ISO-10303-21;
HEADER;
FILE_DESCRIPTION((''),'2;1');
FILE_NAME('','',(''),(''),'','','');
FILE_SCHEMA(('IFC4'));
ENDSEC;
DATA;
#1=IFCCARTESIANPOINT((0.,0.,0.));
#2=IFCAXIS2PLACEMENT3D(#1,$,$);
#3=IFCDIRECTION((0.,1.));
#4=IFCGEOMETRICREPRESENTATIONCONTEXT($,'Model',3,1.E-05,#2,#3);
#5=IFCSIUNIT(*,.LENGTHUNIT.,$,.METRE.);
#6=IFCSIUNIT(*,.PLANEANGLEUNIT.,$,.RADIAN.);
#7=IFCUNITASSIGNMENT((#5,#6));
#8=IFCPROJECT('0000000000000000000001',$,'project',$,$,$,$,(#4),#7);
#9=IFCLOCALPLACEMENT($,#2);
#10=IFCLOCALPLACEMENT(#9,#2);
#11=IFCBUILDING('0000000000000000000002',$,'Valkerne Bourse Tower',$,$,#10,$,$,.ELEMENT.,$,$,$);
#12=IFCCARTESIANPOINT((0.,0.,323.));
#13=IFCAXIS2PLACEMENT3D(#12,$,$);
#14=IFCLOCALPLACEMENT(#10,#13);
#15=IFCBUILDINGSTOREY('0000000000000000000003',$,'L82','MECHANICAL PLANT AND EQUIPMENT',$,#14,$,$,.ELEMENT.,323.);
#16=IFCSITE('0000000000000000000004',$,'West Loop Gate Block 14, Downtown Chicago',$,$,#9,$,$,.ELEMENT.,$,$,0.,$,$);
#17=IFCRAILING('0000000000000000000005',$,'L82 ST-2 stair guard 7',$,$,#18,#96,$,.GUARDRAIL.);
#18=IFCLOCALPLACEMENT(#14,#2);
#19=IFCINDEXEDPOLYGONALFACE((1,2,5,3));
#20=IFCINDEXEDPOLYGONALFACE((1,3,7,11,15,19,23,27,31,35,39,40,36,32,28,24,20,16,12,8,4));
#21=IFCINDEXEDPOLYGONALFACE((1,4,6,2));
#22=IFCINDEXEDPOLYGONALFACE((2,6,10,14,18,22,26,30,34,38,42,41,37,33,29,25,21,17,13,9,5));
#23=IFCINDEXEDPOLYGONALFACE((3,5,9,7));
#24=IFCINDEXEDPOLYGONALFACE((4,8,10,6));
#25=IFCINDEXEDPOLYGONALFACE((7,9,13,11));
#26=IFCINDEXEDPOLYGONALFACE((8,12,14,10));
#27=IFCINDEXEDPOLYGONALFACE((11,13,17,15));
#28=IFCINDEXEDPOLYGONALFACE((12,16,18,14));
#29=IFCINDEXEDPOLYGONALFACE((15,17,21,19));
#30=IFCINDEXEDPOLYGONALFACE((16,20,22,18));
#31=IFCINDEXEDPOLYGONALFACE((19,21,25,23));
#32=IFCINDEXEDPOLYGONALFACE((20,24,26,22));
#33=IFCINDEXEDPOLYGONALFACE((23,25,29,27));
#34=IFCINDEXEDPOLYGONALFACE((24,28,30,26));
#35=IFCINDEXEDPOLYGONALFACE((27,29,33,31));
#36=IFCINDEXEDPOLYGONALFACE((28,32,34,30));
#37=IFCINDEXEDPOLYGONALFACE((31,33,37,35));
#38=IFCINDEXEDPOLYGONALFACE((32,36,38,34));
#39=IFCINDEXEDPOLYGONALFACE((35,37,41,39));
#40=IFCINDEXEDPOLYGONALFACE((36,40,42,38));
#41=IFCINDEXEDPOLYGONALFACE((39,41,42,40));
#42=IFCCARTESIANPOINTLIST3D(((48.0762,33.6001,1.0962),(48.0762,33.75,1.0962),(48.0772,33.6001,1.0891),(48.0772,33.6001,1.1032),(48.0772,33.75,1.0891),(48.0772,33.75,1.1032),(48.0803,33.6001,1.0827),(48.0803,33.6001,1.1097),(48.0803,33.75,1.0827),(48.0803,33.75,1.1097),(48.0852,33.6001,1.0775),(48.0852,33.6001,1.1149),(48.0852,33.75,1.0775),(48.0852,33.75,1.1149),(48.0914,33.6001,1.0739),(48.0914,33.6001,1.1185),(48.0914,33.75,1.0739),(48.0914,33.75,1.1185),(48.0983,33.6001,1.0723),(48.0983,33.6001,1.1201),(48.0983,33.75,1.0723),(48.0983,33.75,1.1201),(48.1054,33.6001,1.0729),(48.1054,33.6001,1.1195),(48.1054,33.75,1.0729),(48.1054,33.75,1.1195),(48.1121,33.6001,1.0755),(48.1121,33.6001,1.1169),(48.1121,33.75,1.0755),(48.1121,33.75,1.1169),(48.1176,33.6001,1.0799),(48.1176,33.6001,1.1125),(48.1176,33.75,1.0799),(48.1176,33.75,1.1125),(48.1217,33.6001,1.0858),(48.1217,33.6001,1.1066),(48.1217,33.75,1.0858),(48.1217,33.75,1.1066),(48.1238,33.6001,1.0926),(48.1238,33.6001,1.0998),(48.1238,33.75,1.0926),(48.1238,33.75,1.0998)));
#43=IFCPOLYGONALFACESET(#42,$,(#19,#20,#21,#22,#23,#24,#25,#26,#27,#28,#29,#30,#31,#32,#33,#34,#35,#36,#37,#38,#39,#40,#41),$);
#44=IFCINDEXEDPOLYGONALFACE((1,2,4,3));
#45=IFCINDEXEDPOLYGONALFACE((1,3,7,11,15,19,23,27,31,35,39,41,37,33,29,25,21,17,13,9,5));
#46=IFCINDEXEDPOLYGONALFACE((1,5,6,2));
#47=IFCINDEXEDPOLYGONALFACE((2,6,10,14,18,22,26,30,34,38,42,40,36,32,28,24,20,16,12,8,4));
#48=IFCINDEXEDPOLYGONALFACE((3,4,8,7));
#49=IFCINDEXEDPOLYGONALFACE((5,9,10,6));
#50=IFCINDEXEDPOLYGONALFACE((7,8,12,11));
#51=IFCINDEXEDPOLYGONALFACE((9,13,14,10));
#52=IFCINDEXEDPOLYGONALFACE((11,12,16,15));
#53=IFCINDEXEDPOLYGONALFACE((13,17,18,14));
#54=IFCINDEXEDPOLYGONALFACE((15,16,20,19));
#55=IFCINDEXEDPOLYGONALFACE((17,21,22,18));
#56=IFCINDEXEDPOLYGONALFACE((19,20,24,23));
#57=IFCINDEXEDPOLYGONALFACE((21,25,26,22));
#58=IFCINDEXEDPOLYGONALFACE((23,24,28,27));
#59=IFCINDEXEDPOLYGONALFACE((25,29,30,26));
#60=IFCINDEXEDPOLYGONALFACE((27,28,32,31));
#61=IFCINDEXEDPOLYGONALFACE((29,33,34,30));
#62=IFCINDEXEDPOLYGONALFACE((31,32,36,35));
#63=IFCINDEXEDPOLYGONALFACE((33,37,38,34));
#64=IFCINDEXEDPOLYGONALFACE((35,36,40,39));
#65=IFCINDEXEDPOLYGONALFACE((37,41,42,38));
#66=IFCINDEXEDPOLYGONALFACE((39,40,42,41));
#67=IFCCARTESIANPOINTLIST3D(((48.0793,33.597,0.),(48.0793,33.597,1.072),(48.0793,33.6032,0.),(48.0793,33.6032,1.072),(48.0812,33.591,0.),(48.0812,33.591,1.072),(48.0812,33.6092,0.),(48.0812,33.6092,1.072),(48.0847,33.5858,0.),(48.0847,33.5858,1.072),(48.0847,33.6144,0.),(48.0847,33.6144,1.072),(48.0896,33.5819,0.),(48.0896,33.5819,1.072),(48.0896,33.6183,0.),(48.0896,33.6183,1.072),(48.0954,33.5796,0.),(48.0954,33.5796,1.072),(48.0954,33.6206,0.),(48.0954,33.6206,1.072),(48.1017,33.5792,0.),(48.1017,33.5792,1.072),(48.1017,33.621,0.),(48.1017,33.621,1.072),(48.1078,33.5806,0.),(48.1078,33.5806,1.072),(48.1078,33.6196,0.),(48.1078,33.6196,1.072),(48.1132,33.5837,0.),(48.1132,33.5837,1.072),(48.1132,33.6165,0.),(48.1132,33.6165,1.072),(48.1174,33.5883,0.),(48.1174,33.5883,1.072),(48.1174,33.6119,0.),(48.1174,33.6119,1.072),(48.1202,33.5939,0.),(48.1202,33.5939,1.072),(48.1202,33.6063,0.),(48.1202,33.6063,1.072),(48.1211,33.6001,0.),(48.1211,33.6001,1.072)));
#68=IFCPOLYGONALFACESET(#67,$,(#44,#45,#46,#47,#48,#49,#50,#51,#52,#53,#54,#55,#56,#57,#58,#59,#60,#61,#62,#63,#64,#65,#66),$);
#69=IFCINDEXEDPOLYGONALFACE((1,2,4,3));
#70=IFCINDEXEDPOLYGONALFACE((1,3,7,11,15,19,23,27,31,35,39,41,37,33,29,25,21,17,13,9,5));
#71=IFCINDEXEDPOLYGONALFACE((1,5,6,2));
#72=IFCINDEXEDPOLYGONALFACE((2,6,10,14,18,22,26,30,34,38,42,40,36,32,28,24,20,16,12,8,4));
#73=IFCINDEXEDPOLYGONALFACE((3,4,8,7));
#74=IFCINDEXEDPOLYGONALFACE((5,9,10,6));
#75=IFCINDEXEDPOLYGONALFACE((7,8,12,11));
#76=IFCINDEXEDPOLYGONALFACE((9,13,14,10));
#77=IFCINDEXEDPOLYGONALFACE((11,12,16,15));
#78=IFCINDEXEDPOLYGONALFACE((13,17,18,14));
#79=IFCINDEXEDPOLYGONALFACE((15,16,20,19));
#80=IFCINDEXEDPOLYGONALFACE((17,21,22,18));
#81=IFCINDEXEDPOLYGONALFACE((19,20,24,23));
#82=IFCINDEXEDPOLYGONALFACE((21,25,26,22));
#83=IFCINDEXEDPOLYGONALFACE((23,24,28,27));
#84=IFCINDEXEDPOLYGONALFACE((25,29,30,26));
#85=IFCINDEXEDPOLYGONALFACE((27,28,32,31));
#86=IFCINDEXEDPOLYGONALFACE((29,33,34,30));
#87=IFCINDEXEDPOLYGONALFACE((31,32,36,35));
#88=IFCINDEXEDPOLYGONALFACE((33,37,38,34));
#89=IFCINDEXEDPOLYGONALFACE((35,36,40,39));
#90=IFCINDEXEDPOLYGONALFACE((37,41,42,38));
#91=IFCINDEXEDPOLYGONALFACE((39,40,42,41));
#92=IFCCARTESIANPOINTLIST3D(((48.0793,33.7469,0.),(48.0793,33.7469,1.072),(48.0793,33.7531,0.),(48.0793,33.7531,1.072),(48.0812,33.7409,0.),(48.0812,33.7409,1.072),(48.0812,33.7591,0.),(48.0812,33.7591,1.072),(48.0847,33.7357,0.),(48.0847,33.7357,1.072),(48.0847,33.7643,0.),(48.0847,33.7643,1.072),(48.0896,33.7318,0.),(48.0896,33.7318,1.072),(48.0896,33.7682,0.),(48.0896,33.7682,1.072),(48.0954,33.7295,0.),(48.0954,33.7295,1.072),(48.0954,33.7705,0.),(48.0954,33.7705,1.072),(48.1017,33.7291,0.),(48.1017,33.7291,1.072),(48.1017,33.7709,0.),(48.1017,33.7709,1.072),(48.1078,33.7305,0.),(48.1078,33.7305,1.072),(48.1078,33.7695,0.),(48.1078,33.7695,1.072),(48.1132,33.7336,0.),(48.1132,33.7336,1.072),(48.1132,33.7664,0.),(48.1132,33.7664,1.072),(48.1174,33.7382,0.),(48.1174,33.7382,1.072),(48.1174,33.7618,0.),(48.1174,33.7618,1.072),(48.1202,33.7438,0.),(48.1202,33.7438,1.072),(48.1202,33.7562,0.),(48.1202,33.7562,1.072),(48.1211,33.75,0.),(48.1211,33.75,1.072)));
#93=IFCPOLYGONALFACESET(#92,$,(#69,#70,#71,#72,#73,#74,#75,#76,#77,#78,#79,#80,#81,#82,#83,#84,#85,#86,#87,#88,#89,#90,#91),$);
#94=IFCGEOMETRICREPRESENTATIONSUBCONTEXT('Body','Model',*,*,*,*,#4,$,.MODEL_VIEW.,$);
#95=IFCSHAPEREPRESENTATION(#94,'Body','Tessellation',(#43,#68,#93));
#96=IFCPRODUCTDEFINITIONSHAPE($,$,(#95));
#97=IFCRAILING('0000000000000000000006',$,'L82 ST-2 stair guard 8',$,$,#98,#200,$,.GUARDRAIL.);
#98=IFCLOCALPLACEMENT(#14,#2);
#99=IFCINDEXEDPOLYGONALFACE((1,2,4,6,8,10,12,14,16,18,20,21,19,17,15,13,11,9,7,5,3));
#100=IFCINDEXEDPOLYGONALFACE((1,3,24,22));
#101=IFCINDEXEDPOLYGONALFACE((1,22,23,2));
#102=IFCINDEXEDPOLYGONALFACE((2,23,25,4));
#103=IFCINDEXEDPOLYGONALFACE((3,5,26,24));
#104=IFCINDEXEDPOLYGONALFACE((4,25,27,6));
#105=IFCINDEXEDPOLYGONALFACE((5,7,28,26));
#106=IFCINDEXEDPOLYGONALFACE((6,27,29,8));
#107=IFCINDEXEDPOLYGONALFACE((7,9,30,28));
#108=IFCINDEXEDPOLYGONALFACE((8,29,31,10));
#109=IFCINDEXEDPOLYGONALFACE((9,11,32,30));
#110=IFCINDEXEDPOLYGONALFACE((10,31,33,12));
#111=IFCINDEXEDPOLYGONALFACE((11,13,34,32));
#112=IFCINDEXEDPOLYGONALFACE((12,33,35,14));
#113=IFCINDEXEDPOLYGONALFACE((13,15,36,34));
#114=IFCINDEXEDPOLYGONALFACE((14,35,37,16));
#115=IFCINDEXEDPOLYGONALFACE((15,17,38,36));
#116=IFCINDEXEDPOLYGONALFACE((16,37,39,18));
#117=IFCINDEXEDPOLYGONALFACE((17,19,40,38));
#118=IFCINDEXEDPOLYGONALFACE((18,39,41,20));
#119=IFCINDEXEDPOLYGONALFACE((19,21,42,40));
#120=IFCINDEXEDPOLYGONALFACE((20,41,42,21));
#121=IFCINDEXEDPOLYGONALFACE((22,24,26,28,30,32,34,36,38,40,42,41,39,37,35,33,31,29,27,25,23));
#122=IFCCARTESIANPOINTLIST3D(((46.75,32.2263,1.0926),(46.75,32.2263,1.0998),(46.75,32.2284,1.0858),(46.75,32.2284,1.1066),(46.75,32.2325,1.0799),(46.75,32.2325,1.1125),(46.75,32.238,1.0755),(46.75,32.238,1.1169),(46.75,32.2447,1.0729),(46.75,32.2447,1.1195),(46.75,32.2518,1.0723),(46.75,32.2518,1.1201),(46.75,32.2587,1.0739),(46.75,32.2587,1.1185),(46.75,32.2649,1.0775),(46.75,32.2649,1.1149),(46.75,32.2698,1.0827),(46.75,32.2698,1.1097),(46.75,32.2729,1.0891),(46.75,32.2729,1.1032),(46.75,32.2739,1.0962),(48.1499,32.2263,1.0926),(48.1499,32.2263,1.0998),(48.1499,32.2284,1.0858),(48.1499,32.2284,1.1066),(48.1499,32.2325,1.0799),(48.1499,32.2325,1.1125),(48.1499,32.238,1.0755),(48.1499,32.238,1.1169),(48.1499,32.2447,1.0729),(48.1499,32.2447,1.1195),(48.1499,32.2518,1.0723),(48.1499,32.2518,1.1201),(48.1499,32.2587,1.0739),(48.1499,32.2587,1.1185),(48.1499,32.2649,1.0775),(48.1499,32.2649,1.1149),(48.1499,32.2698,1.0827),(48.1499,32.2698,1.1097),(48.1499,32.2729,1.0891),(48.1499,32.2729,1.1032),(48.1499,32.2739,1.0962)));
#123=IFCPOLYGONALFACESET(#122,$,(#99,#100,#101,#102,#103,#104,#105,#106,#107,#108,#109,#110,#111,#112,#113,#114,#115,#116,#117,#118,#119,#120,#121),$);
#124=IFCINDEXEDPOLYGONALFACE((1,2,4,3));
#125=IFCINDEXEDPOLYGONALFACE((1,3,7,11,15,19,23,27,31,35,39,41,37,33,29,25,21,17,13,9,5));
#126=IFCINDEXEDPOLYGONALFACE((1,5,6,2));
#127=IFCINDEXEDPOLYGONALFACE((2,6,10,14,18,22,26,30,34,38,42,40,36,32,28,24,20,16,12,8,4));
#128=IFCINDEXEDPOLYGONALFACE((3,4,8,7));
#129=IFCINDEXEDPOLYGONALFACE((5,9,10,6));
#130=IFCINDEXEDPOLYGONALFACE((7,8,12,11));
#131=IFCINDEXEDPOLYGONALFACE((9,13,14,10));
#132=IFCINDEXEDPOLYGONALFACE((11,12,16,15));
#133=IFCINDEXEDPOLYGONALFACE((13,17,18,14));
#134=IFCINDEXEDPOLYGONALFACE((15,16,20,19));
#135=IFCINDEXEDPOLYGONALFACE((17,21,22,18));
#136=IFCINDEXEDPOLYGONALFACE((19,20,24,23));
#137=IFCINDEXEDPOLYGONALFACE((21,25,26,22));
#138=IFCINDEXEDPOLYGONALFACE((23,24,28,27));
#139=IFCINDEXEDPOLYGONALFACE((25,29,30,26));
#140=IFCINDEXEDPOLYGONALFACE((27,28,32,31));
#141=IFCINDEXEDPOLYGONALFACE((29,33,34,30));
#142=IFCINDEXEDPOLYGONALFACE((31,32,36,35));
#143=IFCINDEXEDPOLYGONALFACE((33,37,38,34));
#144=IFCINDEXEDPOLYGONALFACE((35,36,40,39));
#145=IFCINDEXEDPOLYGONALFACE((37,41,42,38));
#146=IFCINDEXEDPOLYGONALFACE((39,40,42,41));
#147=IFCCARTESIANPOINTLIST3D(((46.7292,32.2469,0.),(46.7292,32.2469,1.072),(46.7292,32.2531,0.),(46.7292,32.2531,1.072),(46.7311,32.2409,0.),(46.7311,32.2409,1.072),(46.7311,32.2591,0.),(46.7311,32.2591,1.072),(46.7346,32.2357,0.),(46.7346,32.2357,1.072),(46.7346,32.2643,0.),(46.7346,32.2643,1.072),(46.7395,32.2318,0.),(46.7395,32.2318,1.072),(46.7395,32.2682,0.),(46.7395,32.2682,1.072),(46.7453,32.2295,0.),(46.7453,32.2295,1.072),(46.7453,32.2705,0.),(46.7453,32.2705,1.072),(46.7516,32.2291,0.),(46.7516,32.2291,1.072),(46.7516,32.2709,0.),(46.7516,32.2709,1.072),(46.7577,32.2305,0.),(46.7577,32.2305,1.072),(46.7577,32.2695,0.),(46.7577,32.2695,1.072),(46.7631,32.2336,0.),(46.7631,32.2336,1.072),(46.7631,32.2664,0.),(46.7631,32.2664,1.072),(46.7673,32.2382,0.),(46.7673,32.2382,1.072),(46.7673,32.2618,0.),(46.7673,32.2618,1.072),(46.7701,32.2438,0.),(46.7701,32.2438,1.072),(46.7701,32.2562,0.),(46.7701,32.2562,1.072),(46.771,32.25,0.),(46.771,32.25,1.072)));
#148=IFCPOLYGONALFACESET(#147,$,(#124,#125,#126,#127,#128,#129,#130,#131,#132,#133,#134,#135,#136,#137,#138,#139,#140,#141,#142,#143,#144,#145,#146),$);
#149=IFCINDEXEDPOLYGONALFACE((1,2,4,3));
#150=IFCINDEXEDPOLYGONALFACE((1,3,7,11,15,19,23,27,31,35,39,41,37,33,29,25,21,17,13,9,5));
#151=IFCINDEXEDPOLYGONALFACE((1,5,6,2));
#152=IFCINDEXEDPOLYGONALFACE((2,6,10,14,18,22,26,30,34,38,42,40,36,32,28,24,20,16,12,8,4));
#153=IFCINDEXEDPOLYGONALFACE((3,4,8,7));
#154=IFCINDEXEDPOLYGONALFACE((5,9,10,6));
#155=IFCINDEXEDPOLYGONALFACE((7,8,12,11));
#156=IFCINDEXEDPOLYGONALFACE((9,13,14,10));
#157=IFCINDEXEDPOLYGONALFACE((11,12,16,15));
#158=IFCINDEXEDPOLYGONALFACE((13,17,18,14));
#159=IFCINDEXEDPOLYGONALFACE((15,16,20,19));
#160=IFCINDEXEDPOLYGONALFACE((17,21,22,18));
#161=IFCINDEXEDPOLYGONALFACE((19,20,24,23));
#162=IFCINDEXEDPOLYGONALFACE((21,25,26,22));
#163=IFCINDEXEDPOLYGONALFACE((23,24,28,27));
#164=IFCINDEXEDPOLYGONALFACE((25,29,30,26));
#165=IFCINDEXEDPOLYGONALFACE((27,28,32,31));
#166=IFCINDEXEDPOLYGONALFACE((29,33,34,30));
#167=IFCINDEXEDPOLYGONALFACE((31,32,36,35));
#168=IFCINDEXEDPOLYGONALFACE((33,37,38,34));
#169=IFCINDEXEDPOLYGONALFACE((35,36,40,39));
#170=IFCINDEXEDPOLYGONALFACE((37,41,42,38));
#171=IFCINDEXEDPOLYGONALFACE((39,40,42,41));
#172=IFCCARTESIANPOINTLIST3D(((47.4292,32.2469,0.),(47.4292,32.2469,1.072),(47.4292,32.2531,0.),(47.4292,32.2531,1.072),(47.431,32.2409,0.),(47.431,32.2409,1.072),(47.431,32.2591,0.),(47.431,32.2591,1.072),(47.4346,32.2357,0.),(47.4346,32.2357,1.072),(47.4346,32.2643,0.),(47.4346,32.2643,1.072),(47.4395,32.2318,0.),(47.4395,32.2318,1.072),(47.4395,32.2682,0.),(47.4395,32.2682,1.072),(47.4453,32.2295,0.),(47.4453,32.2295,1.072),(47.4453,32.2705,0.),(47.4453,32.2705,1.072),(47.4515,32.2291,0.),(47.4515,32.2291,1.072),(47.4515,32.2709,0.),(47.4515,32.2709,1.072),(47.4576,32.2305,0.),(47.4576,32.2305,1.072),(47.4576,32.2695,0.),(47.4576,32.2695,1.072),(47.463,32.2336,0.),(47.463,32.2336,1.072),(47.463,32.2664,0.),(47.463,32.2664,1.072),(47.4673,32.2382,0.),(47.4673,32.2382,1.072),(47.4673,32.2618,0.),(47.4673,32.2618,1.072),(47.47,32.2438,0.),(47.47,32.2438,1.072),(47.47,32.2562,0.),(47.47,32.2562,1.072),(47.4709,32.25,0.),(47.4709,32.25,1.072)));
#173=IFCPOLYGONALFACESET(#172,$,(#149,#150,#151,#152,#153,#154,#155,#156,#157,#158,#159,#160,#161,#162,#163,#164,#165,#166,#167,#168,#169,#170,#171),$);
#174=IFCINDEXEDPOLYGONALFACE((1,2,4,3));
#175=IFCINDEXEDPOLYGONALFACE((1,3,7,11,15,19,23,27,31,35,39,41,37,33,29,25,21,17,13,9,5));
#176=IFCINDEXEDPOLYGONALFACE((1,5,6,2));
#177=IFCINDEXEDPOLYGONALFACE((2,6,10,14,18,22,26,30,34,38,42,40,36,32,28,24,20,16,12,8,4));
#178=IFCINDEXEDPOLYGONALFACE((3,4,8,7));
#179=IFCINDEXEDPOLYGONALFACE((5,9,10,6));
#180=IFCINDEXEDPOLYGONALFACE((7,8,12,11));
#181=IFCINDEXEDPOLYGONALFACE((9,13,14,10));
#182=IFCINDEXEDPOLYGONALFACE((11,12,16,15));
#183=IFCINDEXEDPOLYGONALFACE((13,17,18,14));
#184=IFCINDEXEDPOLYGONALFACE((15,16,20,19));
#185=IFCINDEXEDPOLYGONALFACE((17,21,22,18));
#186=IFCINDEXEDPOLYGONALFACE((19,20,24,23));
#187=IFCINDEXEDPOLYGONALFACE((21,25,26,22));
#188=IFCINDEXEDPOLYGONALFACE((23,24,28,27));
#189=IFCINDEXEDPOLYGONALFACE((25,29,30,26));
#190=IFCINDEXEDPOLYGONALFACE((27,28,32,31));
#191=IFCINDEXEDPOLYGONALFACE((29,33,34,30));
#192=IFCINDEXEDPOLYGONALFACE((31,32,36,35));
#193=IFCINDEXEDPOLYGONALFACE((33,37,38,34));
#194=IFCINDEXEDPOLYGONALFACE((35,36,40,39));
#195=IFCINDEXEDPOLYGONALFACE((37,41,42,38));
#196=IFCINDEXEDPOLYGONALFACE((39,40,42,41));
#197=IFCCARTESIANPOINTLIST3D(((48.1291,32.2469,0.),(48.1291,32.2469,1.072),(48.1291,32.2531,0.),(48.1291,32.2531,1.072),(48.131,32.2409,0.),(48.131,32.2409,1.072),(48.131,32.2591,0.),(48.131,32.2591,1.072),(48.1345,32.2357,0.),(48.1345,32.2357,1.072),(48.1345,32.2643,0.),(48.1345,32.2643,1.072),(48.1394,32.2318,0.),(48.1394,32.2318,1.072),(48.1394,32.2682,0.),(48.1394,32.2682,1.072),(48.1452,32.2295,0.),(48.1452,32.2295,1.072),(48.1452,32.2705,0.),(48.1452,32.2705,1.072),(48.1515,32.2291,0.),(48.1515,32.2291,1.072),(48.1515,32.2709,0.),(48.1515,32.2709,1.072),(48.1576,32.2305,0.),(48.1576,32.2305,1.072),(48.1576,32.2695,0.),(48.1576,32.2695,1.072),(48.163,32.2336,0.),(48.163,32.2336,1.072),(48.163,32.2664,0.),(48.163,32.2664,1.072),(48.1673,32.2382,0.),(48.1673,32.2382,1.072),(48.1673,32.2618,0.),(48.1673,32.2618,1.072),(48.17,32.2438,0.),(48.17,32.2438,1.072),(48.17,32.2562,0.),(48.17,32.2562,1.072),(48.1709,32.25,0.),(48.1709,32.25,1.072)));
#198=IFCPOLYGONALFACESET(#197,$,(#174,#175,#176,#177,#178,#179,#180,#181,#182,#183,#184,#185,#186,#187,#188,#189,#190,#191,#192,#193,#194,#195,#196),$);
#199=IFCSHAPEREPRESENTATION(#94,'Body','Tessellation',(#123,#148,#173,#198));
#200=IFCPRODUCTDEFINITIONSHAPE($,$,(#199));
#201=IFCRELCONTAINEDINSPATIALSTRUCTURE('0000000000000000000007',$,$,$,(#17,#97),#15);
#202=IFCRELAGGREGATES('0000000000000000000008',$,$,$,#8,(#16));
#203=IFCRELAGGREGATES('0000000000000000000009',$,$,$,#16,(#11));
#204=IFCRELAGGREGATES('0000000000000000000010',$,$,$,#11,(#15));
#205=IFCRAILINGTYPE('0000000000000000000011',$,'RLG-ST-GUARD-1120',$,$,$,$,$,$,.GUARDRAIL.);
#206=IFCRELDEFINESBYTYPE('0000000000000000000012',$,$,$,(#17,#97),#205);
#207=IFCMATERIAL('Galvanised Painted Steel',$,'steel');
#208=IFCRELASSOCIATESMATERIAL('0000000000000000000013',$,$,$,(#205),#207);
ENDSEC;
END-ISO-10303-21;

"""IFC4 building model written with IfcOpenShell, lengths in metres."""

from ifc_helpers import new_model, si_unit, direction, frame, origin, origin_2d, place, context, subcontext, project, spatial, circle, extrude, material, type_object, element, save


model = new_model("IFC4")

# Units and contexts
model_context = context("Model", 3, precision=1e-05, world=origin(), true_north=direction((0.0, 1.0)))
body_context = subcontext(model_context, "Body", "Model", "MODEL_VIEW")
ifc_project = project(units=[si_unit("LENGTHUNIT", "METRE"), si_unit("PLANEANGLEUNIT", "RADIAN")], contexts=[model_context])

# Site, building, storey
site_placement = place(None, origin())
site = spatial("IfcSite", under=ifc_project, at=site_placement, Name="West Loop Gate Block 14, Downtown Chicago", CompositionType="ELEMENT", RefElevation=0.0)
building_placement = place(site_placement, origin())
building = spatial("IfcBuilding", under=site, at=building_placement, Name="Valkerne Bourse Tower", CompositionType="ELEMENT")
storey_placement = place(building_placement, frame((0.0, 0.0, 323.0)))
storey = spatial("IfcBuildingStorey", under=building, at=storey_placement, Name="L82", Description="MECHANICAL PLANT AND EQUIPMENT", CompositionType="ELEMENT", Elevation=323.0)

# Railings
ifc_material_1 = material(Name="Galvanised Painted Steel", Category="steel")
railing_type_1 = type_object("IfcRailingType", Name="RLG-ST-GUARD-1120", PredefinedType="GUARDRAIL", material=ifc_material_1)
railing_1_placement = place(storey_placement, frame((48.1001, 33.6001, 0.0)))
element("IfcRailing", 1, at=railing_1_placement, inside=storey, type_object=railing_type_1, Name="L82 ST-2 stair guard 7", PredefinedType="GUARDRAIL", context=body_context, shape_type="SweptSolid", body=[
    extrude(circle(Radius=0.0239, at=origin_2d()), frame((0.0, 0.0, 1.0962), z_axis=(0.0, 1.0, 0.0), x_axis=(-1.0, 0.0, 0.0)), (0.0, 0.0, 1.0), 0.1499),
    extrude(circle(Radius=0.021, at=origin_2d()), origin(), (0.0, 0.0, 1.0), 1.072),
    extrude(circle(Radius=0.021, at=origin_2d()), frame((0.0, 0.1499, 0.0)), (0.0, 0.0, 1.0), 1.072),
])
railing_2_placement = place(storey_placement, frame((46.75, 32.25, 0.0)))
element("IfcRailing", 2, at=railing_2_placement, inside=storey, type_object=railing_type_1, Name="L82 ST-2 stair guard 8", PredefinedType="GUARDRAIL", context=body_context, shape_type="SweptSolid", body=[
    extrude(circle(Radius=0.0239, at=origin_2d()), frame((0.0, 0.0, 1.0962), z_axis=(1.0, 0.0, 0.0), x_axis=(0.0, 1.0, 0.0)), (0.0, 0.0, 1.0), 1.3999),
    extrude(circle(Radius=0.021, at=origin_2d()), origin(), (0.0, 0.0, 1.0), 1.072),
    extrude(circle(Radius=0.021, at=origin_2d()), frame((0.7, 0.0, 0.0)), (0.0, 0.0, 1.0), 1.072),
    extrude(circle(Radius=0.021, at=origin_2d()), frame((1.3999, 0.0, 0.0)), (0.0, 0.0, 1.0), 1.072),
])

save(model, "model.ifc")
